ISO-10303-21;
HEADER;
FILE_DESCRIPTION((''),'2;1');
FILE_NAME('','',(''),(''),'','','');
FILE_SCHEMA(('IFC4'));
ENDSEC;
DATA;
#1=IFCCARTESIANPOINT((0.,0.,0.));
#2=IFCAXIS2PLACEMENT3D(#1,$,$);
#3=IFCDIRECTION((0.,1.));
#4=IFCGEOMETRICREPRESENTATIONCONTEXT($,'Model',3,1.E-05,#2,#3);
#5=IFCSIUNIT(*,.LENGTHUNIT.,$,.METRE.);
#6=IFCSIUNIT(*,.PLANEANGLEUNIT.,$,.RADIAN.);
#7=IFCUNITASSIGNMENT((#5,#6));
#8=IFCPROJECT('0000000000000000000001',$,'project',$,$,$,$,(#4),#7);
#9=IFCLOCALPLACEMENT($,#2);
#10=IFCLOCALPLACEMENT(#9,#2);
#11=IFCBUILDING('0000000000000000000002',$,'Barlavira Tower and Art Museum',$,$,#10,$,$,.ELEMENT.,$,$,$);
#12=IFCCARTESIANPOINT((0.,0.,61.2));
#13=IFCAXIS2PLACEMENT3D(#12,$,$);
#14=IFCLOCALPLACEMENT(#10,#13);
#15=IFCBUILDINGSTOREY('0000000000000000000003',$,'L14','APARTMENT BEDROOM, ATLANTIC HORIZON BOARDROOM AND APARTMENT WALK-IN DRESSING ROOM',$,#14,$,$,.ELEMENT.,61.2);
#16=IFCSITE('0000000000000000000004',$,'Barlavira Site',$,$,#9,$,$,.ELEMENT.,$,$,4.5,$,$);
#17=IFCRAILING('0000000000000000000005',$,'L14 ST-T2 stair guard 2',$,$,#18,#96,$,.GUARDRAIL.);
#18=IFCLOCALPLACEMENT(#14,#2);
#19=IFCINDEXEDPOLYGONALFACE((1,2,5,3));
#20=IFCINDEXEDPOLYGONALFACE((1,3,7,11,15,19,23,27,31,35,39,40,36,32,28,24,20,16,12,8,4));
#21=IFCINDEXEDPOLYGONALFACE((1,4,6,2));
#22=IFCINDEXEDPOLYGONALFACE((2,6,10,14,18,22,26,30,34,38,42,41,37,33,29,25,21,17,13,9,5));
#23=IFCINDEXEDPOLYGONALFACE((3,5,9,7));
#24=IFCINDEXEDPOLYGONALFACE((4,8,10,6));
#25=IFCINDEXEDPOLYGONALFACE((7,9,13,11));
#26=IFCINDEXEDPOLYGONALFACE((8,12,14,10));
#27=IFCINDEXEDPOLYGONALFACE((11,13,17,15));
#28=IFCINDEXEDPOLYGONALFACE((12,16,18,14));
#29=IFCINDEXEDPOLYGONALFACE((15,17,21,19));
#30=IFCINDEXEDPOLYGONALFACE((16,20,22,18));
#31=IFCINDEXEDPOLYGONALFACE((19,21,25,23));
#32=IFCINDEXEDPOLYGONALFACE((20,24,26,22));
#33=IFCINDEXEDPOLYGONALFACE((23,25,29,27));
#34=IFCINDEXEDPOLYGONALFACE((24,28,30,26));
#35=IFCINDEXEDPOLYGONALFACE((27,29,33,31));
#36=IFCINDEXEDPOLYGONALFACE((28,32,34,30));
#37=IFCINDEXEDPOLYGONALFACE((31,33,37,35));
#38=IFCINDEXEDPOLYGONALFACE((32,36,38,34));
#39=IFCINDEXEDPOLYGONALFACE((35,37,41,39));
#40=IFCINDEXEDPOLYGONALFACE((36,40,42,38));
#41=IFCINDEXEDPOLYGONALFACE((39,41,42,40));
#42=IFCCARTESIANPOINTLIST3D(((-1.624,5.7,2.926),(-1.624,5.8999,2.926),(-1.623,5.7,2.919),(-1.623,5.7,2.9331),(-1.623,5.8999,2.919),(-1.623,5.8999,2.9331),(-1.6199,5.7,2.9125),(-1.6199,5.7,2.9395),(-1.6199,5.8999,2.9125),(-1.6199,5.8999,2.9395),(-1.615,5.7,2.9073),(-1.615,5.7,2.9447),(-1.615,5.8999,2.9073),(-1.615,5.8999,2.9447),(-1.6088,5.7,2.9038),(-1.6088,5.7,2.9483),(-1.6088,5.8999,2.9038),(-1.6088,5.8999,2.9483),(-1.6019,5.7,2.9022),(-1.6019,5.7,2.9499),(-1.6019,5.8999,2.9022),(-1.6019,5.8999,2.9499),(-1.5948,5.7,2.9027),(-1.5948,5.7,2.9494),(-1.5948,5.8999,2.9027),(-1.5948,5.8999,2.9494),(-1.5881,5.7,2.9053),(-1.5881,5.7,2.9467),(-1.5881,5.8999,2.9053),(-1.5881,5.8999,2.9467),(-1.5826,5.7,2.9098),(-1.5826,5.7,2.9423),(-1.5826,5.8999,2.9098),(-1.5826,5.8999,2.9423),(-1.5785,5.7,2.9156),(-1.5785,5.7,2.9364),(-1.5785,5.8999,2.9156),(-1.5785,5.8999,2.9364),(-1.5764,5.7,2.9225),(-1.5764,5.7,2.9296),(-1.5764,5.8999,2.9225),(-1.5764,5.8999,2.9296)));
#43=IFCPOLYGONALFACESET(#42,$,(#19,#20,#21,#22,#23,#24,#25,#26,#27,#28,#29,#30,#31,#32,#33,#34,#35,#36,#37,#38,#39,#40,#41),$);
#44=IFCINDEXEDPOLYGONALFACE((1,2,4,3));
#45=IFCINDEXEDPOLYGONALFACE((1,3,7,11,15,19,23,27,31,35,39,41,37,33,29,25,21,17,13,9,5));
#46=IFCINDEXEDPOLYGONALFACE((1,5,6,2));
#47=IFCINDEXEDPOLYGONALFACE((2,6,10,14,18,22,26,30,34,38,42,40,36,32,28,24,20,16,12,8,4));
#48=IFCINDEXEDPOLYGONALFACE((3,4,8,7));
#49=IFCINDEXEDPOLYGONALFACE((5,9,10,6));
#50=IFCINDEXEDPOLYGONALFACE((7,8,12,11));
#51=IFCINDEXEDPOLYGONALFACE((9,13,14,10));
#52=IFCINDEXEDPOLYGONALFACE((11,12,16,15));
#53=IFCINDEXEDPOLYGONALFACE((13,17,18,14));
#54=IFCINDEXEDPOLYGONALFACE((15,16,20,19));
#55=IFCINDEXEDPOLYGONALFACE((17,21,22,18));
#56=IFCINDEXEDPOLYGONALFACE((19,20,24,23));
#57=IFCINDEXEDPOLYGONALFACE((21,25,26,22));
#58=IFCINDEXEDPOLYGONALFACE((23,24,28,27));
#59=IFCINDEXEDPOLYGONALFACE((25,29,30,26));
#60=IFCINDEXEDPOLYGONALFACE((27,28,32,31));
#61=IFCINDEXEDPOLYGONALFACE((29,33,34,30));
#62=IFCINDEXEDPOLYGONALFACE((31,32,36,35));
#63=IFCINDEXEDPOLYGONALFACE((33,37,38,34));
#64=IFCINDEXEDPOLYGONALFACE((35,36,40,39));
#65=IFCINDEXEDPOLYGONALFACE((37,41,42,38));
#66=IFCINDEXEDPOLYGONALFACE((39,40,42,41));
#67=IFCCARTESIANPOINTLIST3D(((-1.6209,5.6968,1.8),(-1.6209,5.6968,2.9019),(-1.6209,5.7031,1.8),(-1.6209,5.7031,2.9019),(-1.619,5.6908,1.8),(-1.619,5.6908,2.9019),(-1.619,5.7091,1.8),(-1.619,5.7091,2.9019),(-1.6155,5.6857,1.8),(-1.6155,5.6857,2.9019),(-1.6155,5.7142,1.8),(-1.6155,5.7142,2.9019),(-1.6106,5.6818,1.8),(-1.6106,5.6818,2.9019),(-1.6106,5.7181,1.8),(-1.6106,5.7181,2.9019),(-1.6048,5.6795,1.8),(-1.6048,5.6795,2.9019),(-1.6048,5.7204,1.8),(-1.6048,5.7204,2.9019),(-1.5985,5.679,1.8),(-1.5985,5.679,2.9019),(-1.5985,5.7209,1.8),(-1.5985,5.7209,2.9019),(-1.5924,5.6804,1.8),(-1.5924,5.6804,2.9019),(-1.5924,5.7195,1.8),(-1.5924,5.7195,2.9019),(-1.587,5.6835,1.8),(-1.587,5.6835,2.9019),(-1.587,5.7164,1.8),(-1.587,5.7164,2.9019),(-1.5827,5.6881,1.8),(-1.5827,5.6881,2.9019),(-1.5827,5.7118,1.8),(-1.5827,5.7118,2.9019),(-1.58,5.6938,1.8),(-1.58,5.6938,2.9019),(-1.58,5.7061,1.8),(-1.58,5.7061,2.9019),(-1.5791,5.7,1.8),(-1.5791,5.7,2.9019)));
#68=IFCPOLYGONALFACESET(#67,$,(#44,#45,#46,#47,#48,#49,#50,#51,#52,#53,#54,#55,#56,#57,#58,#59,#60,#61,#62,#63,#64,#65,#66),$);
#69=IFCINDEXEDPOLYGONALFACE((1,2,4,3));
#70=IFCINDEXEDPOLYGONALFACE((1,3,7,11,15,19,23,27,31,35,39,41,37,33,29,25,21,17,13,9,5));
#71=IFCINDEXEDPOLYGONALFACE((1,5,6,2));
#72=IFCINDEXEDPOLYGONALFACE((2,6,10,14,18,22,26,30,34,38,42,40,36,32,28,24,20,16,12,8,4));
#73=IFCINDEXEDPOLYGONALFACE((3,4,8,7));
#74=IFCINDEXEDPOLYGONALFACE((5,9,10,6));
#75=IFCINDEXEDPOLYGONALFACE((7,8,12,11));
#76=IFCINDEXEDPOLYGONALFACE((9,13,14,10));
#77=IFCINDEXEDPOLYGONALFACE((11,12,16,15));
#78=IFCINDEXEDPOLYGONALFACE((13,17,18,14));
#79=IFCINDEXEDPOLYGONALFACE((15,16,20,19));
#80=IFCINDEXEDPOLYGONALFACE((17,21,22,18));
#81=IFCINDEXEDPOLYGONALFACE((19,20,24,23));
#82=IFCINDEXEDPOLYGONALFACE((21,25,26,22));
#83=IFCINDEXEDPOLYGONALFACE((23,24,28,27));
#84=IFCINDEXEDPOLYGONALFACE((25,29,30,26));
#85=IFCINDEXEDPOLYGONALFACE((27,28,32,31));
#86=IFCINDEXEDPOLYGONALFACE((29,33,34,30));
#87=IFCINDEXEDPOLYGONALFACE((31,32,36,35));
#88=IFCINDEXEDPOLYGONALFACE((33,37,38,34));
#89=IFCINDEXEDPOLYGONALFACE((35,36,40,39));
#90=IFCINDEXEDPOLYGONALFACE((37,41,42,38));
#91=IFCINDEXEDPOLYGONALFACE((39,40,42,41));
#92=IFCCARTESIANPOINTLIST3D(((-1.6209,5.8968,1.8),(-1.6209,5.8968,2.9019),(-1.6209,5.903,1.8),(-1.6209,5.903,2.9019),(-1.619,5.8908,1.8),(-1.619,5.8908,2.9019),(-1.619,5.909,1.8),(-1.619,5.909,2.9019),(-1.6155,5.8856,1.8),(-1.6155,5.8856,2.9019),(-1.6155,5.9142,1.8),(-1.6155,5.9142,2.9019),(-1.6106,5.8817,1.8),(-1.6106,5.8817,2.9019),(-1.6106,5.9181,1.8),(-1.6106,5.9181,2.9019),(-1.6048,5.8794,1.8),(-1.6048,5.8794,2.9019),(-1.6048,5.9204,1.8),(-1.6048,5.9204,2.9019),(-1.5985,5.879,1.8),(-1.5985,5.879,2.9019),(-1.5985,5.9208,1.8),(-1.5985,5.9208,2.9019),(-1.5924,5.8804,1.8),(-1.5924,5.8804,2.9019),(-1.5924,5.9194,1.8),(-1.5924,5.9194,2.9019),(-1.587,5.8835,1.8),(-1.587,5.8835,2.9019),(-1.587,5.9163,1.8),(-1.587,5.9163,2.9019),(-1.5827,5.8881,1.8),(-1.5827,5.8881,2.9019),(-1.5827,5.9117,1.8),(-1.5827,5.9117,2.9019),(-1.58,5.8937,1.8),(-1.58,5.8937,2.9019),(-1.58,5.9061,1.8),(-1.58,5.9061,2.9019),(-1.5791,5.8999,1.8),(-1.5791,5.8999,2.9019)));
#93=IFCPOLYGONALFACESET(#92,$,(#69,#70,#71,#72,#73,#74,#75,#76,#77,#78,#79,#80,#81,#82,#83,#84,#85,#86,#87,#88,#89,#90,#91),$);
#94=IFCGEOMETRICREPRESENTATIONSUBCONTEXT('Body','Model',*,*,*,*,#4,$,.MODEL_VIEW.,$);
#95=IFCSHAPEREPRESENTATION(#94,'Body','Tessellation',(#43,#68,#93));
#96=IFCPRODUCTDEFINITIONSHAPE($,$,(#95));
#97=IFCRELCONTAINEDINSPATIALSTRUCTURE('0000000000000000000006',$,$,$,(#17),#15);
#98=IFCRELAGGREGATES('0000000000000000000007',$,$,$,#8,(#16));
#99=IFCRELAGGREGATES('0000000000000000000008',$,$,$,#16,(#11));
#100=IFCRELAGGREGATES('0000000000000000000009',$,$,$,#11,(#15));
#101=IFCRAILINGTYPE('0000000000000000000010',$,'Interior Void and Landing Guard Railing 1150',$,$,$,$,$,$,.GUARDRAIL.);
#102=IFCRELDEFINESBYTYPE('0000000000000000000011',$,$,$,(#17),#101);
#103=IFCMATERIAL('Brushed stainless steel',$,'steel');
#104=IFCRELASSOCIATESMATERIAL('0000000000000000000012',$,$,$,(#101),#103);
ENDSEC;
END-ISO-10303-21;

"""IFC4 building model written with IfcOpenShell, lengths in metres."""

from ifc_helpers import new_model, si_unit, direction, frame, origin, origin_2d, place, context, subcontext, project, spatial, circle, extrude, material, type_object, element, save


model = new_model("IFC4")

# Units and contexts
model_context = context("Model", 3, precision=1e-05, world=origin(), true_north=direction((0.0, 1.0)))
body_context = subcontext(model_context, "Body", "Model", "MODEL_VIEW")
ifc_project = project(units=[si_unit("LENGTHUNIT", "METRE"), si_unit("PLANEANGLEUNIT", "RADIAN")], contexts=[model_context])

# Site, building, storey
site_placement = place(None, origin())
site = spatial("IfcSite", under=ifc_project, at=site_placement, Name="Barlavira Site", CompositionType="ELEMENT", RefElevation=4.5)
building_placement = place(site_placement, origin())
building = spatial("IfcBuilding", under=site, at=building_placement, Name="Barlavira Tower and Art Museum", CompositionType="ELEMENT")
storey_placement = place(building_placement, frame((0.0, 0.0, 61.2)))
storey = spatial("IfcBuildingStorey", under=building, at=storey_placement, Name="L14", Description="APARTMENT BEDROOM, ATLANTIC HORIZON BOARDROOM AND APARTMENT WALK-IN DRESSING ROOM", CompositionType="ELEMENT", Elevation=61.2)

# Shared definitions
ifc_material_1 = material(Name="Brushed stainless steel", Category="steel")

# Railing
railing_type_1 = type_object("IfcRailingType", Name="Interior Void and Landing Guard Railing 1150", PredefinedType="GUARDRAIL", material=ifc_material_1)
railing_1_placement = place(storey_placement, frame((-1.6001, 5.7, 1.8)))
element("IfcRailing", 1, at=railing_1_placement, inside=storey, type_object=railing_type_1, Name="L14 ST-T2 stair guard 2", PredefinedType="GUARDRAIL", context=body_context, shape_type="SweptSolid", body=[
    extrude(circle(Radius=0.0239, at=origin_2d()), frame((0.0, 0.0, 1.126), z_axis=(0.0, 1.0, 0.0), x_axis=(-1.0, 0.0, 0.0)), (0.0, 0.0, 1.0), 0.2),
    extrude(circle(Radius=0.021, at=origin_2d()), origin(), (0.0, 0.0, 1.0), 1.1018),
    extrude(circle(Radius=0.021, at=origin_2d()), frame((0.0, 0.2, 0.0)), (0.0, 0.0, 1.0), 1.1018),
])

save(model, "model.ifc")
